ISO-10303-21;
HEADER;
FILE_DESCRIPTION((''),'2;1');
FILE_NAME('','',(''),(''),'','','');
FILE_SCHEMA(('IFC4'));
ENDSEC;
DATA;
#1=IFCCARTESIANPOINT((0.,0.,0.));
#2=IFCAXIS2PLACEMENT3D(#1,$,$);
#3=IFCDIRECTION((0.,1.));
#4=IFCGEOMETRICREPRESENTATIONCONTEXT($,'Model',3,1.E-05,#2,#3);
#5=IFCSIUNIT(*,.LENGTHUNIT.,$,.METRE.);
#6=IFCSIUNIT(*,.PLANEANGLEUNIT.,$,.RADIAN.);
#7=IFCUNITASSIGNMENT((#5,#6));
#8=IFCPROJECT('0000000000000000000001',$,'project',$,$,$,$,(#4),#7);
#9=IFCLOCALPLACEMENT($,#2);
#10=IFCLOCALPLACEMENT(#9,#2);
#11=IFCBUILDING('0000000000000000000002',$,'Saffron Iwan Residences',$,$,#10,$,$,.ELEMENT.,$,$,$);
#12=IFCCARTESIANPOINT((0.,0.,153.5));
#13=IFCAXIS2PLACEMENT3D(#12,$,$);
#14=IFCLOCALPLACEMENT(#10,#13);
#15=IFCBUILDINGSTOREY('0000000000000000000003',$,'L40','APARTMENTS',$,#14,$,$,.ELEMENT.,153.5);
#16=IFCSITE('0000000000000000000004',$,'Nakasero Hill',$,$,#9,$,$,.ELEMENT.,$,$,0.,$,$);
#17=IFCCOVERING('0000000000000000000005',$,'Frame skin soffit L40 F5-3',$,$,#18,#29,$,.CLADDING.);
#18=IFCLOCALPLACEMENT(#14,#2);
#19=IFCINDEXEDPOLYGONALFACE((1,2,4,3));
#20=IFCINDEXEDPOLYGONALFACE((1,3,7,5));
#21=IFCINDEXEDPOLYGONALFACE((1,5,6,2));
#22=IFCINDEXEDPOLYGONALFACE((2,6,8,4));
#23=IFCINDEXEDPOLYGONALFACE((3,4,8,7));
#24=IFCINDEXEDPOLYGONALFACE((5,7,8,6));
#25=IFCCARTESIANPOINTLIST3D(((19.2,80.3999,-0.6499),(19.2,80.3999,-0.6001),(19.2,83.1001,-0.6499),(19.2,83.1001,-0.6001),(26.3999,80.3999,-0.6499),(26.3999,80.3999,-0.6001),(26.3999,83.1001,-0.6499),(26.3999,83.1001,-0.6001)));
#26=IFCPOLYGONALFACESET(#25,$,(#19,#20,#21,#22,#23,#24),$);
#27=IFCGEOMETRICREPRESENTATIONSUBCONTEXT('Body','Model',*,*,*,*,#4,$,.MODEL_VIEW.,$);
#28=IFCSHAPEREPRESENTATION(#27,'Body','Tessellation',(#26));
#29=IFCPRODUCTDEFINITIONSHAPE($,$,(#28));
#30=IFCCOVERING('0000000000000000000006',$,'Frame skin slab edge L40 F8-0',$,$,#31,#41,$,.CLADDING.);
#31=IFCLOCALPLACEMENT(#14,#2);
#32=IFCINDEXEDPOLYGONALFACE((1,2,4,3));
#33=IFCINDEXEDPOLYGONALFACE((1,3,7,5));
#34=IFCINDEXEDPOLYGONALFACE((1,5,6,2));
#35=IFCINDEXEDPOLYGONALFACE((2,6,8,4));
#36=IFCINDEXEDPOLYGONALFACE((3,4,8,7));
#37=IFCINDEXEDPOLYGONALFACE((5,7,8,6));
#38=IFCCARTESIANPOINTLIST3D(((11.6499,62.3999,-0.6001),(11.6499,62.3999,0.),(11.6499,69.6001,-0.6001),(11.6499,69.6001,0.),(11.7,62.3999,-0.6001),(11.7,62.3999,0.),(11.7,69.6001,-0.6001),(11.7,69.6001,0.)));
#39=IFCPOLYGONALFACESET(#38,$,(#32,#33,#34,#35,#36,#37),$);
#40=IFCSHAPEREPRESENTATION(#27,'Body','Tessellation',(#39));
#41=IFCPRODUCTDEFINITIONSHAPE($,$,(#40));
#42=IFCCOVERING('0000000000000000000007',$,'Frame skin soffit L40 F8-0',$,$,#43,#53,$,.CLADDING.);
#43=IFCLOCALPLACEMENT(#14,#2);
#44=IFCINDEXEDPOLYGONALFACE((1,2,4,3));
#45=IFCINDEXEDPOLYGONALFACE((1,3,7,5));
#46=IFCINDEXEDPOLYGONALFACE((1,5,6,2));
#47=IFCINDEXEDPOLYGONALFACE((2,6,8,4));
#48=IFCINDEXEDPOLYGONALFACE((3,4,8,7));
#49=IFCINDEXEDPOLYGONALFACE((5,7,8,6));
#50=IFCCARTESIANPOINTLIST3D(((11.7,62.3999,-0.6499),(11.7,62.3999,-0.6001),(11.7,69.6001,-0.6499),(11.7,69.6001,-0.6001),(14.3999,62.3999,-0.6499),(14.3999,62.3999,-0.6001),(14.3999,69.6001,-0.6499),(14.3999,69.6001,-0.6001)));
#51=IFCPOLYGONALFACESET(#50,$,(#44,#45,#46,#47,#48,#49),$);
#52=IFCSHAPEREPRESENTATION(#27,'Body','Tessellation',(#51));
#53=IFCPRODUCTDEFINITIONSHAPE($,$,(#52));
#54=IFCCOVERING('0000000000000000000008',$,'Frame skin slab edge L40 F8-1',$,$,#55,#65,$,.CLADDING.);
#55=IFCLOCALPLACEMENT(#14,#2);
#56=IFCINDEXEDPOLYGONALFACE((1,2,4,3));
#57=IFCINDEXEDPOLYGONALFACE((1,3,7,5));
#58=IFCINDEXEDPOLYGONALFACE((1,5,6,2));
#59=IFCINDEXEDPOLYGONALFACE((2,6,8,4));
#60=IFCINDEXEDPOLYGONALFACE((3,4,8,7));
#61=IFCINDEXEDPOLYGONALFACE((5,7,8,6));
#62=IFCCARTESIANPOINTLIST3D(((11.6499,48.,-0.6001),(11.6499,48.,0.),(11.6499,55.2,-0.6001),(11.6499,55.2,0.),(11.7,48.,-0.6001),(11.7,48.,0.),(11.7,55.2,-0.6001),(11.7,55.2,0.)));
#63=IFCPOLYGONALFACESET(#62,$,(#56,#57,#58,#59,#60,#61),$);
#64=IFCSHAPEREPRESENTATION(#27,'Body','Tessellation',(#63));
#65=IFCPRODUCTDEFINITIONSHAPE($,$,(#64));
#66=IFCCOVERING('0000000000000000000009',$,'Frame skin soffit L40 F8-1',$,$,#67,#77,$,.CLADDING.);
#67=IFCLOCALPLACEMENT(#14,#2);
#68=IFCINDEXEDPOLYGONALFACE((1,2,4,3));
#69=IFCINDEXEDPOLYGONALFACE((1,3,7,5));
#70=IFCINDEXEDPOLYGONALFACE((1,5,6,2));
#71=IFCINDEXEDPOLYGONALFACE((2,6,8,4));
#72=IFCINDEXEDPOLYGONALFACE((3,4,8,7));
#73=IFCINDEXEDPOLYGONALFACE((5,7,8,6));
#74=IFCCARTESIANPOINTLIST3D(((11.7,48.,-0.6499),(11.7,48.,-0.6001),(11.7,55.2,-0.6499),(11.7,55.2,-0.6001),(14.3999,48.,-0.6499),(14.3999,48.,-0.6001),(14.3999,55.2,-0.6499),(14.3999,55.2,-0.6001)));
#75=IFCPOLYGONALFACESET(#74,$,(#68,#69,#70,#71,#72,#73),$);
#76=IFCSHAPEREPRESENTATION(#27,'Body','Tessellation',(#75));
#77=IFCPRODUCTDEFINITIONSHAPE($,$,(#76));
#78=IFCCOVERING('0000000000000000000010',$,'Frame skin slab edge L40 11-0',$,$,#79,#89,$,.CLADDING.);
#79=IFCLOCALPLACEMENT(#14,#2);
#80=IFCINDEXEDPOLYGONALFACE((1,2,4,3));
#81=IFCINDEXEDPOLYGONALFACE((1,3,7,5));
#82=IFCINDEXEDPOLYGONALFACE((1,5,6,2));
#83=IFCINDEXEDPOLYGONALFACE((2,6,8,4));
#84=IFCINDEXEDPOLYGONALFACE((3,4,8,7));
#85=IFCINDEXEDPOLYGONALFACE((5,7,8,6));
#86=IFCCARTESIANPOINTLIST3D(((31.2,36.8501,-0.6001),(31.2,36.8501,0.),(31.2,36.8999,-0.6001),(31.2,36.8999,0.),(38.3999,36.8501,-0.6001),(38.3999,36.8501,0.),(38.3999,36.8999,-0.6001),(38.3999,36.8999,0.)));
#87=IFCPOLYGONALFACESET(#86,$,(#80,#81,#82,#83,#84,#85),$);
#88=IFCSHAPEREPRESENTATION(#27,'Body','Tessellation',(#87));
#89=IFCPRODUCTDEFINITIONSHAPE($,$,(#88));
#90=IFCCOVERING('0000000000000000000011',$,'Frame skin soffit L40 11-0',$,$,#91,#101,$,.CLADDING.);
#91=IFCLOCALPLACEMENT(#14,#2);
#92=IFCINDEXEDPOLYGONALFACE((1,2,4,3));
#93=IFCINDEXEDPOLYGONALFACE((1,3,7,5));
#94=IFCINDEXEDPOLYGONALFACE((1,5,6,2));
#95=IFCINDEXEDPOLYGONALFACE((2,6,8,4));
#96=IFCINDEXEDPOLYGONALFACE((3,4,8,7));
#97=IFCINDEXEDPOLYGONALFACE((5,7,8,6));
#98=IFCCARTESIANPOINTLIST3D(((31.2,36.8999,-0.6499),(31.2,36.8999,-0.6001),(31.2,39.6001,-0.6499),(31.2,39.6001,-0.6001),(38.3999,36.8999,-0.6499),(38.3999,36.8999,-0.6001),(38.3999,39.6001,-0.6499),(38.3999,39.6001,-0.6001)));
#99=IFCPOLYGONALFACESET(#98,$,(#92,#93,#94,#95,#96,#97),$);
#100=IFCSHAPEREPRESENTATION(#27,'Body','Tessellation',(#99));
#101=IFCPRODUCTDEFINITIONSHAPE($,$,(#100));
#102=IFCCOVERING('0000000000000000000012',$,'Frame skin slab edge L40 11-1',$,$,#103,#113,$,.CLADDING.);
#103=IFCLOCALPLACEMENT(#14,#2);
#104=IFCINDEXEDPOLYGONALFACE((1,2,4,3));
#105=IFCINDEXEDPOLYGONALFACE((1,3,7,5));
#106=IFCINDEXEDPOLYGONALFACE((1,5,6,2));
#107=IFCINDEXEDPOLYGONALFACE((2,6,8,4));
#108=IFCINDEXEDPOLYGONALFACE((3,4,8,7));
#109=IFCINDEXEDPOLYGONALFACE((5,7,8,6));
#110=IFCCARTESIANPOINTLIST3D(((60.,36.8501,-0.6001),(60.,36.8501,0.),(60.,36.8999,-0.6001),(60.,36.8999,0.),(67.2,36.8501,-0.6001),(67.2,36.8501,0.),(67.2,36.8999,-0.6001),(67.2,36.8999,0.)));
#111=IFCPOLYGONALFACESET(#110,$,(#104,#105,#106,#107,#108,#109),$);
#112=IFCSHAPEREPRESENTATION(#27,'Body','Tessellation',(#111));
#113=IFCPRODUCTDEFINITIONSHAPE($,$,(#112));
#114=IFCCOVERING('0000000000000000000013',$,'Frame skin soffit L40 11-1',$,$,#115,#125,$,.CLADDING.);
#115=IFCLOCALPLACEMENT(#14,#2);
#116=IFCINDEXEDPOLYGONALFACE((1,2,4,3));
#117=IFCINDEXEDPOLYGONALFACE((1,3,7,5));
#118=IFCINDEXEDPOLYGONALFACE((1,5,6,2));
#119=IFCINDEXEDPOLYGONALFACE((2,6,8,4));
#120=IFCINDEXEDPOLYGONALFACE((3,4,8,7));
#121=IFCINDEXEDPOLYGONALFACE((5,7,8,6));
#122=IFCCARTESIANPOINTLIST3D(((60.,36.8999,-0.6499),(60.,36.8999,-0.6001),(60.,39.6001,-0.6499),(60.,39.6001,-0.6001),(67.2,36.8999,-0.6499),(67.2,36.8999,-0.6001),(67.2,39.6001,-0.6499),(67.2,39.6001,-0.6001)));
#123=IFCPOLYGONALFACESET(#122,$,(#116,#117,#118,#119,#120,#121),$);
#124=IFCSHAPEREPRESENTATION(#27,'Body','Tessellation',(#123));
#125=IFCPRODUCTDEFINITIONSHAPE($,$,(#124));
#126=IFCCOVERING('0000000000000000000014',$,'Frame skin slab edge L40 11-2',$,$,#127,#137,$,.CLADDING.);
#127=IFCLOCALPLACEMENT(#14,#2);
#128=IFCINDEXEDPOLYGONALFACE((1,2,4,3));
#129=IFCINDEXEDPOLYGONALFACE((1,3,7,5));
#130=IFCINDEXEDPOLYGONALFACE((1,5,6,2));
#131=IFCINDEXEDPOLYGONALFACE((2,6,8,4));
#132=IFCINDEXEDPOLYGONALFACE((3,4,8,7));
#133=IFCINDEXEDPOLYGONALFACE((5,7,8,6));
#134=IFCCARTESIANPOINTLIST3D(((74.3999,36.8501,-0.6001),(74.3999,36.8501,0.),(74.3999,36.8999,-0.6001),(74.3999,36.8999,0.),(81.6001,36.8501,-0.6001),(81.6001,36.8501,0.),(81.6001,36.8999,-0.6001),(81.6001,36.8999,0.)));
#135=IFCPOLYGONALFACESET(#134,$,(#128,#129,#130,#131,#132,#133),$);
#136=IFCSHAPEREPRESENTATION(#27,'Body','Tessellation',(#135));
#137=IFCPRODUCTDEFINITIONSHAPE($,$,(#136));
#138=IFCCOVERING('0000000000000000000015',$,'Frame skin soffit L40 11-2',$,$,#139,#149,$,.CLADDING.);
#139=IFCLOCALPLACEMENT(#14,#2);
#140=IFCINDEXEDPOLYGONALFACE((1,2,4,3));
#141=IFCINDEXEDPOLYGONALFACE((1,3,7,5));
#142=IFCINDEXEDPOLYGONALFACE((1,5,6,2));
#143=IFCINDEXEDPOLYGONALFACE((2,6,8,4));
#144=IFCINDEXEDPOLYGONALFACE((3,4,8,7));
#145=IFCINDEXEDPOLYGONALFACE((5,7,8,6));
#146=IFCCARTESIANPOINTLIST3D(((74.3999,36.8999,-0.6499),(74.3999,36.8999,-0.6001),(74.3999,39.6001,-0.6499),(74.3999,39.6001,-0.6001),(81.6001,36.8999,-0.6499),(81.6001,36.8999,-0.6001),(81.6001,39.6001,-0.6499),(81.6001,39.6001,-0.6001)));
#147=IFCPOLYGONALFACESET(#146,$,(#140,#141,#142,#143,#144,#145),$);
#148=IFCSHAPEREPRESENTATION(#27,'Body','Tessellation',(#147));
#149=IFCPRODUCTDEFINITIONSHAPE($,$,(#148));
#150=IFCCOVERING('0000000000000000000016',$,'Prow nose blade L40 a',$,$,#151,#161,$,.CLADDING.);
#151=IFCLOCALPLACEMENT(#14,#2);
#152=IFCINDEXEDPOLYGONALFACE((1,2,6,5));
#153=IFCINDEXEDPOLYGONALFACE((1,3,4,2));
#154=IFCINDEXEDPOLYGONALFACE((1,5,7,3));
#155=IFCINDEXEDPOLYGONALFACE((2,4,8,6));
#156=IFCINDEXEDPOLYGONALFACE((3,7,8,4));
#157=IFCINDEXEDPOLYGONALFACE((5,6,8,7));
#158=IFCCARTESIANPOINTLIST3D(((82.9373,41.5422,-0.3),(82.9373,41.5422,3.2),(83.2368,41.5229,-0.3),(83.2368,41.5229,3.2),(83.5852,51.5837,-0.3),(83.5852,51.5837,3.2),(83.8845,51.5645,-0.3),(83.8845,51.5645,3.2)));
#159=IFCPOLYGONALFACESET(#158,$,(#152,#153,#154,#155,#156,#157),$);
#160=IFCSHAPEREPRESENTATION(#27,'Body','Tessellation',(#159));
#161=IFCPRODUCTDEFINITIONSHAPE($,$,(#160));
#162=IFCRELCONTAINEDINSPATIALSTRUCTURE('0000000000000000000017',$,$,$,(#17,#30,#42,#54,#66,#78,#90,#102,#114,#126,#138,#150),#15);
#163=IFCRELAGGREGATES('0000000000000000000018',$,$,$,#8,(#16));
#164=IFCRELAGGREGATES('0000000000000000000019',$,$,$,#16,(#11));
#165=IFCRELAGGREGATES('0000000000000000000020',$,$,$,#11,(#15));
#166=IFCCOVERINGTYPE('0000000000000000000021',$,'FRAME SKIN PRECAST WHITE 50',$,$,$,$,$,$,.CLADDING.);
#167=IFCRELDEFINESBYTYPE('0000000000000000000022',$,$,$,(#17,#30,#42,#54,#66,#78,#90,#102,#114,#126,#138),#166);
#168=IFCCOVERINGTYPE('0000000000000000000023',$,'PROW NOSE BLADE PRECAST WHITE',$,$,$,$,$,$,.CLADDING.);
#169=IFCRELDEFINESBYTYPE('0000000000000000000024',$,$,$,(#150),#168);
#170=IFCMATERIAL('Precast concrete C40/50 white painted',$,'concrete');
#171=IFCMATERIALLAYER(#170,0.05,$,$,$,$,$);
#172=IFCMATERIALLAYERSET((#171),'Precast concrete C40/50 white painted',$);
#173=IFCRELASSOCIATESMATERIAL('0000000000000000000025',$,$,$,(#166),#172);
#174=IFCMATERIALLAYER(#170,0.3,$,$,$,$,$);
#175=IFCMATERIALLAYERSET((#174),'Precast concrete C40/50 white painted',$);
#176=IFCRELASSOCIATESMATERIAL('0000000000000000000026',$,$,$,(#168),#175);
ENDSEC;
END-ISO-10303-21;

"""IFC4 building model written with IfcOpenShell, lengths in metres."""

from ifc_helpers import new_model, si_unit, direction, frame, origin, place, context, subcontext, project, spatial, polyline, outline, extrude, material, layer, layer_set, type_object, element, save


model = new_model("IFC4")

# Units and contexts
model_context = context("Model", 3, precision=1e-05, world=origin(), true_north=direction((0.0, 1.0)))
body_context = subcontext(model_context, "Body", "Model", "MODEL_VIEW")
ifc_project = project(units=[si_unit("LENGTHUNIT", "METRE"), si_unit("PLANEANGLEUNIT", "RADIAN")], contexts=[model_context])

# Site, building, storey
site_placement = place(None, origin())
site = spatial("IfcSite", under=ifc_project, at=site_placement, Name="Nakasero Hill", CompositionType="ELEMENT", RefElevation=0.0)
building_placement = place(site_placement, origin())
building = spatial("IfcBuilding", under=site, at=building_placement, Name="Saffron Iwan Residences", CompositionType="ELEMENT")
storey_placement = place(building_placement, frame((0.0, 0.0, 153.5)))
storey = spatial("IfcBuildingStorey", under=building, at=storey_placement, Name="L40", Description="APARTMENTS", CompositionType="ELEMENT", Elevation=153.5)

# Coverings
ifc_material_1 = material(Name="Precast concrete C40/50 white painted", Category="concrete")
ifc_layer_1 = layer(ifc_material_1, 0.05)
ifc_layer_set_1 = layer_set([ifc_layer_1], Name="Precast concrete C40/50 white painted")
covering_type_1 = type_object("IfcCoveringType", Name="FRAME SKIN PRECAST WHITE 50", PredefinedType="CLADDING", material=ifc_layer_set_1)
covering_1_placement = place(storey_placement, frame((0.0, 0.0, -0.6499)))
element("IfcCovering", 1, at=covering_1_placement, inside=storey, type_object=covering_type_1, Name="Frame skin soffit L40 F5-3", PredefinedType="CLADDING", context=body_context, shape_type="SweptSolid", body=[
    extrude(outline(polyline([(26.3999, 83.1001), (19.2, 83.1001), (19.2, 80.3999), (26.3999, 80.3999), (26.3999, 83.1001)])), origin(), (0.0, 0.0, 1.0), 0.0498),
])
covering_2_placement = place(storey_placement, frame((0.0, 0.0, -0.6001)))
element("IfcCovering", 2, at=covering_2_placement, inside=storey, type_object=covering_type_1, Name="Frame skin slab edge L40 F8-0", PredefinedType="CLADDING", context=body_context, shape_type="SweptSolid", body=[
    extrude(outline(polyline([(11.6499, 69.6001), (11.6499, 62.3999), (11.7, 62.3999), (11.7, 69.6001), (11.6499, 69.6001)])), origin(), (0.0, 0.0, 1.0), 0.6001),
])
covering_3_placement = place(storey_placement, frame((0.0, 0.0, -0.6499)))
element("IfcCovering", 3, at=covering_3_placement, inside=storey, type_object=covering_type_1, Name="Frame skin soffit L40 F8-0", PredefinedType="CLADDING", context=body_context, shape_type="SweptSolid", body=[
    extrude(outline(polyline([(11.7, 69.6001), (11.7, 62.3999), (14.3999, 62.3999), (14.3999, 69.6001), (11.7, 69.6001)])), origin(), (0.0, 0.0, 1.0), 0.0498),
])
covering_4_placement = place(storey_placement, frame((0.0, 0.0, -0.6001)))
element("IfcCovering", 4, at=covering_4_placement, inside=storey, type_object=covering_type_1, Name="Frame skin slab edge L40 F8-1", PredefinedType="CLADDING", context=body_context, shape_type="SweptSolid", body=[
    extrude(outline(polyline([(11.6499, 55.2), (11.6499, 48.0), (11.7, 48.0), (11.7, 55.2), (11.6499, 55.2)])), origin(), (0.0, 0.0, 1.0), 0.6001),
])
covering_5_placement = place(storey_placement, frame((0.0, 0.0, -0.6499)))
element("IfcCovering", 5, at=covering_5_placement, inside=storey, type_object=covering_type_1, Name="Frame skin soffit L40 F8-1", PredefinedType="CLADDING", context=body_context, shape_type="SweptSolid", body=[
    extrude(outline(polyline([(11.7, 55.2), (11.7, 48.0), (14.3999, 48.0), (14.3999, 55.2), (11.7, 55.2)])), origin(), (0.0, 0.0, 1.0), 0.0498),
])
covering_6_placement = place(storey_placement, frame((0.0, 0.0, -0.6001)))
element("IfcCovering", 6, at=covering_6_placement, inside=storey, type_object=covering_type_1, Name="Frame skin slab edge L40 11-0", PredefinedType="CLADDING", context=body_context, shape_type="SweptSolid", body=[
    extrude(outline(polyline([(31.2, 36.8501), (38.3999, 36.8501), (38.3999, 36.8999), (31.2, 36.8999), (31.2, 36.8501)])), origin(), (0.0, 0.0, 1.0), 0.6001),
])
covering_7_placement = place(storey_placement, frame((0.0, 0.0, -0.6499)))
element("IfcCovering", 7, at=covering_7_placement, inside=storey, type_object=covering_type_1, Name="Frame skin soffit L40 11-0", PredefinedType="CLADDING", context=body_context, shape_type="SweptSolid", body=[
    extrude(outline(polyline([(31.2, 36.8999), (38.3999, 36.8999), (38.3999, 39.6001), (31.2, 39.6001), (31.2, 36.8999)])), origin(), (0.0, 0.0, 1.0), 0.0498),
])
covering_8_placement = place(storey_placement, frame((0.0, 0.0, -0.6001)))
element("IfcCovering", 8, at=covering_8_placement, inside=storey, type_object=covering_type_1, Name="Frame skin slab edge L40 11-1", PredefinedType="CLADDING", context=body_context, shape_type="SweptSolid", body=[
    extrude(outline(polyline([(60.0, 36.8501), (67.2, 36.8501), (67.2, 36.8999), (60.0, 36.8999), (60.0, 36.8501)])), origin(), (0.0, 0.0, 1.0), 0.6001),
])
covering_9_placement = place(storey_placement, frame((0.0, 0.0, -0.6499)))
element("IfcCovering", 9, at=covering_9_placement, inside=storey, type_object=covering_type_1, Name="Frame skin soffit L40 11-1", PredefinedType="CLADDING", context=body_context, shape_type="SweptSolid", body=[
    extrude(outline(polyline([(60.0, 36.8999), (67.2, 36.8999), (67.2, 39.6001), (60.0, 39.6001), (60.0, 36.8999)])), origin(), (0.0, 0.0, 1.0), 0.0498),
])
covering_10_placement = place(storey_placement, frame((0.0, 0.0, -0.6001)))
element("IfcCovering", 10, at=covering_10_placement, inside=storey, type_object=covering_type_1, Name="Frame skin slab edge L40 11-2", PredefinedType="CLADDING", context=body_context, shape_type="SweptSolid", body=[
    extrude(outline(polyline([(74.3999, 36.8501), (81.6001, 36.8501), (81.6001, 36.8999), (74.3999, 36.8999), (74.3999, 36.8501)])), origin(), (0.0, 0.0, 1.0), 0.6001),
])
covering_11_placement = place(storey_placement, frame((0.0, 0.0, -0.6499)))
element("IfcCovering", 11, at=covering_11_placement, inside=storey, type_object=covering_type_1, Name="Frame skin soffit L40 11-2", PredefinedType="CLADDING", context=body_context, shape_type="SweptSolid", body=[
    extrude(outline(polyline([(74.3999, 36.8999), (81.6001, 36.8999), (81.6001, 39.6001), (74.3999, 39.6001), (74.3999, 36.8999)])), origin(), (0.0, 0.0, 1.0), 0.0498),
])
ifc_layer_2 = layer(ifc_material_1, 0.3)
ifc_layer_set_2 = layer_set([ifc_layer_2], Name="Precast concrete C40/50 white painted")
covering_type_2 = type_object("IfcCoveringType", Name="PROW NOSE BLADE PRECAST WHITE", PredefinedType="CLADDING", material=ifc_layer_set_2)
covering_12_placement = place(storey_placement, frame((0.0, 0.0, -0.3)))
element("IfcCovering", 12, at=covering_12_placement, inside=storey, type_object=covering_type_2, Name="Prow nose blade L40 a", PredefinedType="CLADDING", context=body_context, shape_type="SweptSolid", body=[
    extrude(outline(polyline([(83.2368, 41.5229), (83.8845, 51.5645), (83.5852, 51.5837), (82.9373, 41.5422), (83.2368, 41.5229)])), origin(), (0.0, 0.0, 1.0), 3.5),
])

save(model, "model.ifc")
